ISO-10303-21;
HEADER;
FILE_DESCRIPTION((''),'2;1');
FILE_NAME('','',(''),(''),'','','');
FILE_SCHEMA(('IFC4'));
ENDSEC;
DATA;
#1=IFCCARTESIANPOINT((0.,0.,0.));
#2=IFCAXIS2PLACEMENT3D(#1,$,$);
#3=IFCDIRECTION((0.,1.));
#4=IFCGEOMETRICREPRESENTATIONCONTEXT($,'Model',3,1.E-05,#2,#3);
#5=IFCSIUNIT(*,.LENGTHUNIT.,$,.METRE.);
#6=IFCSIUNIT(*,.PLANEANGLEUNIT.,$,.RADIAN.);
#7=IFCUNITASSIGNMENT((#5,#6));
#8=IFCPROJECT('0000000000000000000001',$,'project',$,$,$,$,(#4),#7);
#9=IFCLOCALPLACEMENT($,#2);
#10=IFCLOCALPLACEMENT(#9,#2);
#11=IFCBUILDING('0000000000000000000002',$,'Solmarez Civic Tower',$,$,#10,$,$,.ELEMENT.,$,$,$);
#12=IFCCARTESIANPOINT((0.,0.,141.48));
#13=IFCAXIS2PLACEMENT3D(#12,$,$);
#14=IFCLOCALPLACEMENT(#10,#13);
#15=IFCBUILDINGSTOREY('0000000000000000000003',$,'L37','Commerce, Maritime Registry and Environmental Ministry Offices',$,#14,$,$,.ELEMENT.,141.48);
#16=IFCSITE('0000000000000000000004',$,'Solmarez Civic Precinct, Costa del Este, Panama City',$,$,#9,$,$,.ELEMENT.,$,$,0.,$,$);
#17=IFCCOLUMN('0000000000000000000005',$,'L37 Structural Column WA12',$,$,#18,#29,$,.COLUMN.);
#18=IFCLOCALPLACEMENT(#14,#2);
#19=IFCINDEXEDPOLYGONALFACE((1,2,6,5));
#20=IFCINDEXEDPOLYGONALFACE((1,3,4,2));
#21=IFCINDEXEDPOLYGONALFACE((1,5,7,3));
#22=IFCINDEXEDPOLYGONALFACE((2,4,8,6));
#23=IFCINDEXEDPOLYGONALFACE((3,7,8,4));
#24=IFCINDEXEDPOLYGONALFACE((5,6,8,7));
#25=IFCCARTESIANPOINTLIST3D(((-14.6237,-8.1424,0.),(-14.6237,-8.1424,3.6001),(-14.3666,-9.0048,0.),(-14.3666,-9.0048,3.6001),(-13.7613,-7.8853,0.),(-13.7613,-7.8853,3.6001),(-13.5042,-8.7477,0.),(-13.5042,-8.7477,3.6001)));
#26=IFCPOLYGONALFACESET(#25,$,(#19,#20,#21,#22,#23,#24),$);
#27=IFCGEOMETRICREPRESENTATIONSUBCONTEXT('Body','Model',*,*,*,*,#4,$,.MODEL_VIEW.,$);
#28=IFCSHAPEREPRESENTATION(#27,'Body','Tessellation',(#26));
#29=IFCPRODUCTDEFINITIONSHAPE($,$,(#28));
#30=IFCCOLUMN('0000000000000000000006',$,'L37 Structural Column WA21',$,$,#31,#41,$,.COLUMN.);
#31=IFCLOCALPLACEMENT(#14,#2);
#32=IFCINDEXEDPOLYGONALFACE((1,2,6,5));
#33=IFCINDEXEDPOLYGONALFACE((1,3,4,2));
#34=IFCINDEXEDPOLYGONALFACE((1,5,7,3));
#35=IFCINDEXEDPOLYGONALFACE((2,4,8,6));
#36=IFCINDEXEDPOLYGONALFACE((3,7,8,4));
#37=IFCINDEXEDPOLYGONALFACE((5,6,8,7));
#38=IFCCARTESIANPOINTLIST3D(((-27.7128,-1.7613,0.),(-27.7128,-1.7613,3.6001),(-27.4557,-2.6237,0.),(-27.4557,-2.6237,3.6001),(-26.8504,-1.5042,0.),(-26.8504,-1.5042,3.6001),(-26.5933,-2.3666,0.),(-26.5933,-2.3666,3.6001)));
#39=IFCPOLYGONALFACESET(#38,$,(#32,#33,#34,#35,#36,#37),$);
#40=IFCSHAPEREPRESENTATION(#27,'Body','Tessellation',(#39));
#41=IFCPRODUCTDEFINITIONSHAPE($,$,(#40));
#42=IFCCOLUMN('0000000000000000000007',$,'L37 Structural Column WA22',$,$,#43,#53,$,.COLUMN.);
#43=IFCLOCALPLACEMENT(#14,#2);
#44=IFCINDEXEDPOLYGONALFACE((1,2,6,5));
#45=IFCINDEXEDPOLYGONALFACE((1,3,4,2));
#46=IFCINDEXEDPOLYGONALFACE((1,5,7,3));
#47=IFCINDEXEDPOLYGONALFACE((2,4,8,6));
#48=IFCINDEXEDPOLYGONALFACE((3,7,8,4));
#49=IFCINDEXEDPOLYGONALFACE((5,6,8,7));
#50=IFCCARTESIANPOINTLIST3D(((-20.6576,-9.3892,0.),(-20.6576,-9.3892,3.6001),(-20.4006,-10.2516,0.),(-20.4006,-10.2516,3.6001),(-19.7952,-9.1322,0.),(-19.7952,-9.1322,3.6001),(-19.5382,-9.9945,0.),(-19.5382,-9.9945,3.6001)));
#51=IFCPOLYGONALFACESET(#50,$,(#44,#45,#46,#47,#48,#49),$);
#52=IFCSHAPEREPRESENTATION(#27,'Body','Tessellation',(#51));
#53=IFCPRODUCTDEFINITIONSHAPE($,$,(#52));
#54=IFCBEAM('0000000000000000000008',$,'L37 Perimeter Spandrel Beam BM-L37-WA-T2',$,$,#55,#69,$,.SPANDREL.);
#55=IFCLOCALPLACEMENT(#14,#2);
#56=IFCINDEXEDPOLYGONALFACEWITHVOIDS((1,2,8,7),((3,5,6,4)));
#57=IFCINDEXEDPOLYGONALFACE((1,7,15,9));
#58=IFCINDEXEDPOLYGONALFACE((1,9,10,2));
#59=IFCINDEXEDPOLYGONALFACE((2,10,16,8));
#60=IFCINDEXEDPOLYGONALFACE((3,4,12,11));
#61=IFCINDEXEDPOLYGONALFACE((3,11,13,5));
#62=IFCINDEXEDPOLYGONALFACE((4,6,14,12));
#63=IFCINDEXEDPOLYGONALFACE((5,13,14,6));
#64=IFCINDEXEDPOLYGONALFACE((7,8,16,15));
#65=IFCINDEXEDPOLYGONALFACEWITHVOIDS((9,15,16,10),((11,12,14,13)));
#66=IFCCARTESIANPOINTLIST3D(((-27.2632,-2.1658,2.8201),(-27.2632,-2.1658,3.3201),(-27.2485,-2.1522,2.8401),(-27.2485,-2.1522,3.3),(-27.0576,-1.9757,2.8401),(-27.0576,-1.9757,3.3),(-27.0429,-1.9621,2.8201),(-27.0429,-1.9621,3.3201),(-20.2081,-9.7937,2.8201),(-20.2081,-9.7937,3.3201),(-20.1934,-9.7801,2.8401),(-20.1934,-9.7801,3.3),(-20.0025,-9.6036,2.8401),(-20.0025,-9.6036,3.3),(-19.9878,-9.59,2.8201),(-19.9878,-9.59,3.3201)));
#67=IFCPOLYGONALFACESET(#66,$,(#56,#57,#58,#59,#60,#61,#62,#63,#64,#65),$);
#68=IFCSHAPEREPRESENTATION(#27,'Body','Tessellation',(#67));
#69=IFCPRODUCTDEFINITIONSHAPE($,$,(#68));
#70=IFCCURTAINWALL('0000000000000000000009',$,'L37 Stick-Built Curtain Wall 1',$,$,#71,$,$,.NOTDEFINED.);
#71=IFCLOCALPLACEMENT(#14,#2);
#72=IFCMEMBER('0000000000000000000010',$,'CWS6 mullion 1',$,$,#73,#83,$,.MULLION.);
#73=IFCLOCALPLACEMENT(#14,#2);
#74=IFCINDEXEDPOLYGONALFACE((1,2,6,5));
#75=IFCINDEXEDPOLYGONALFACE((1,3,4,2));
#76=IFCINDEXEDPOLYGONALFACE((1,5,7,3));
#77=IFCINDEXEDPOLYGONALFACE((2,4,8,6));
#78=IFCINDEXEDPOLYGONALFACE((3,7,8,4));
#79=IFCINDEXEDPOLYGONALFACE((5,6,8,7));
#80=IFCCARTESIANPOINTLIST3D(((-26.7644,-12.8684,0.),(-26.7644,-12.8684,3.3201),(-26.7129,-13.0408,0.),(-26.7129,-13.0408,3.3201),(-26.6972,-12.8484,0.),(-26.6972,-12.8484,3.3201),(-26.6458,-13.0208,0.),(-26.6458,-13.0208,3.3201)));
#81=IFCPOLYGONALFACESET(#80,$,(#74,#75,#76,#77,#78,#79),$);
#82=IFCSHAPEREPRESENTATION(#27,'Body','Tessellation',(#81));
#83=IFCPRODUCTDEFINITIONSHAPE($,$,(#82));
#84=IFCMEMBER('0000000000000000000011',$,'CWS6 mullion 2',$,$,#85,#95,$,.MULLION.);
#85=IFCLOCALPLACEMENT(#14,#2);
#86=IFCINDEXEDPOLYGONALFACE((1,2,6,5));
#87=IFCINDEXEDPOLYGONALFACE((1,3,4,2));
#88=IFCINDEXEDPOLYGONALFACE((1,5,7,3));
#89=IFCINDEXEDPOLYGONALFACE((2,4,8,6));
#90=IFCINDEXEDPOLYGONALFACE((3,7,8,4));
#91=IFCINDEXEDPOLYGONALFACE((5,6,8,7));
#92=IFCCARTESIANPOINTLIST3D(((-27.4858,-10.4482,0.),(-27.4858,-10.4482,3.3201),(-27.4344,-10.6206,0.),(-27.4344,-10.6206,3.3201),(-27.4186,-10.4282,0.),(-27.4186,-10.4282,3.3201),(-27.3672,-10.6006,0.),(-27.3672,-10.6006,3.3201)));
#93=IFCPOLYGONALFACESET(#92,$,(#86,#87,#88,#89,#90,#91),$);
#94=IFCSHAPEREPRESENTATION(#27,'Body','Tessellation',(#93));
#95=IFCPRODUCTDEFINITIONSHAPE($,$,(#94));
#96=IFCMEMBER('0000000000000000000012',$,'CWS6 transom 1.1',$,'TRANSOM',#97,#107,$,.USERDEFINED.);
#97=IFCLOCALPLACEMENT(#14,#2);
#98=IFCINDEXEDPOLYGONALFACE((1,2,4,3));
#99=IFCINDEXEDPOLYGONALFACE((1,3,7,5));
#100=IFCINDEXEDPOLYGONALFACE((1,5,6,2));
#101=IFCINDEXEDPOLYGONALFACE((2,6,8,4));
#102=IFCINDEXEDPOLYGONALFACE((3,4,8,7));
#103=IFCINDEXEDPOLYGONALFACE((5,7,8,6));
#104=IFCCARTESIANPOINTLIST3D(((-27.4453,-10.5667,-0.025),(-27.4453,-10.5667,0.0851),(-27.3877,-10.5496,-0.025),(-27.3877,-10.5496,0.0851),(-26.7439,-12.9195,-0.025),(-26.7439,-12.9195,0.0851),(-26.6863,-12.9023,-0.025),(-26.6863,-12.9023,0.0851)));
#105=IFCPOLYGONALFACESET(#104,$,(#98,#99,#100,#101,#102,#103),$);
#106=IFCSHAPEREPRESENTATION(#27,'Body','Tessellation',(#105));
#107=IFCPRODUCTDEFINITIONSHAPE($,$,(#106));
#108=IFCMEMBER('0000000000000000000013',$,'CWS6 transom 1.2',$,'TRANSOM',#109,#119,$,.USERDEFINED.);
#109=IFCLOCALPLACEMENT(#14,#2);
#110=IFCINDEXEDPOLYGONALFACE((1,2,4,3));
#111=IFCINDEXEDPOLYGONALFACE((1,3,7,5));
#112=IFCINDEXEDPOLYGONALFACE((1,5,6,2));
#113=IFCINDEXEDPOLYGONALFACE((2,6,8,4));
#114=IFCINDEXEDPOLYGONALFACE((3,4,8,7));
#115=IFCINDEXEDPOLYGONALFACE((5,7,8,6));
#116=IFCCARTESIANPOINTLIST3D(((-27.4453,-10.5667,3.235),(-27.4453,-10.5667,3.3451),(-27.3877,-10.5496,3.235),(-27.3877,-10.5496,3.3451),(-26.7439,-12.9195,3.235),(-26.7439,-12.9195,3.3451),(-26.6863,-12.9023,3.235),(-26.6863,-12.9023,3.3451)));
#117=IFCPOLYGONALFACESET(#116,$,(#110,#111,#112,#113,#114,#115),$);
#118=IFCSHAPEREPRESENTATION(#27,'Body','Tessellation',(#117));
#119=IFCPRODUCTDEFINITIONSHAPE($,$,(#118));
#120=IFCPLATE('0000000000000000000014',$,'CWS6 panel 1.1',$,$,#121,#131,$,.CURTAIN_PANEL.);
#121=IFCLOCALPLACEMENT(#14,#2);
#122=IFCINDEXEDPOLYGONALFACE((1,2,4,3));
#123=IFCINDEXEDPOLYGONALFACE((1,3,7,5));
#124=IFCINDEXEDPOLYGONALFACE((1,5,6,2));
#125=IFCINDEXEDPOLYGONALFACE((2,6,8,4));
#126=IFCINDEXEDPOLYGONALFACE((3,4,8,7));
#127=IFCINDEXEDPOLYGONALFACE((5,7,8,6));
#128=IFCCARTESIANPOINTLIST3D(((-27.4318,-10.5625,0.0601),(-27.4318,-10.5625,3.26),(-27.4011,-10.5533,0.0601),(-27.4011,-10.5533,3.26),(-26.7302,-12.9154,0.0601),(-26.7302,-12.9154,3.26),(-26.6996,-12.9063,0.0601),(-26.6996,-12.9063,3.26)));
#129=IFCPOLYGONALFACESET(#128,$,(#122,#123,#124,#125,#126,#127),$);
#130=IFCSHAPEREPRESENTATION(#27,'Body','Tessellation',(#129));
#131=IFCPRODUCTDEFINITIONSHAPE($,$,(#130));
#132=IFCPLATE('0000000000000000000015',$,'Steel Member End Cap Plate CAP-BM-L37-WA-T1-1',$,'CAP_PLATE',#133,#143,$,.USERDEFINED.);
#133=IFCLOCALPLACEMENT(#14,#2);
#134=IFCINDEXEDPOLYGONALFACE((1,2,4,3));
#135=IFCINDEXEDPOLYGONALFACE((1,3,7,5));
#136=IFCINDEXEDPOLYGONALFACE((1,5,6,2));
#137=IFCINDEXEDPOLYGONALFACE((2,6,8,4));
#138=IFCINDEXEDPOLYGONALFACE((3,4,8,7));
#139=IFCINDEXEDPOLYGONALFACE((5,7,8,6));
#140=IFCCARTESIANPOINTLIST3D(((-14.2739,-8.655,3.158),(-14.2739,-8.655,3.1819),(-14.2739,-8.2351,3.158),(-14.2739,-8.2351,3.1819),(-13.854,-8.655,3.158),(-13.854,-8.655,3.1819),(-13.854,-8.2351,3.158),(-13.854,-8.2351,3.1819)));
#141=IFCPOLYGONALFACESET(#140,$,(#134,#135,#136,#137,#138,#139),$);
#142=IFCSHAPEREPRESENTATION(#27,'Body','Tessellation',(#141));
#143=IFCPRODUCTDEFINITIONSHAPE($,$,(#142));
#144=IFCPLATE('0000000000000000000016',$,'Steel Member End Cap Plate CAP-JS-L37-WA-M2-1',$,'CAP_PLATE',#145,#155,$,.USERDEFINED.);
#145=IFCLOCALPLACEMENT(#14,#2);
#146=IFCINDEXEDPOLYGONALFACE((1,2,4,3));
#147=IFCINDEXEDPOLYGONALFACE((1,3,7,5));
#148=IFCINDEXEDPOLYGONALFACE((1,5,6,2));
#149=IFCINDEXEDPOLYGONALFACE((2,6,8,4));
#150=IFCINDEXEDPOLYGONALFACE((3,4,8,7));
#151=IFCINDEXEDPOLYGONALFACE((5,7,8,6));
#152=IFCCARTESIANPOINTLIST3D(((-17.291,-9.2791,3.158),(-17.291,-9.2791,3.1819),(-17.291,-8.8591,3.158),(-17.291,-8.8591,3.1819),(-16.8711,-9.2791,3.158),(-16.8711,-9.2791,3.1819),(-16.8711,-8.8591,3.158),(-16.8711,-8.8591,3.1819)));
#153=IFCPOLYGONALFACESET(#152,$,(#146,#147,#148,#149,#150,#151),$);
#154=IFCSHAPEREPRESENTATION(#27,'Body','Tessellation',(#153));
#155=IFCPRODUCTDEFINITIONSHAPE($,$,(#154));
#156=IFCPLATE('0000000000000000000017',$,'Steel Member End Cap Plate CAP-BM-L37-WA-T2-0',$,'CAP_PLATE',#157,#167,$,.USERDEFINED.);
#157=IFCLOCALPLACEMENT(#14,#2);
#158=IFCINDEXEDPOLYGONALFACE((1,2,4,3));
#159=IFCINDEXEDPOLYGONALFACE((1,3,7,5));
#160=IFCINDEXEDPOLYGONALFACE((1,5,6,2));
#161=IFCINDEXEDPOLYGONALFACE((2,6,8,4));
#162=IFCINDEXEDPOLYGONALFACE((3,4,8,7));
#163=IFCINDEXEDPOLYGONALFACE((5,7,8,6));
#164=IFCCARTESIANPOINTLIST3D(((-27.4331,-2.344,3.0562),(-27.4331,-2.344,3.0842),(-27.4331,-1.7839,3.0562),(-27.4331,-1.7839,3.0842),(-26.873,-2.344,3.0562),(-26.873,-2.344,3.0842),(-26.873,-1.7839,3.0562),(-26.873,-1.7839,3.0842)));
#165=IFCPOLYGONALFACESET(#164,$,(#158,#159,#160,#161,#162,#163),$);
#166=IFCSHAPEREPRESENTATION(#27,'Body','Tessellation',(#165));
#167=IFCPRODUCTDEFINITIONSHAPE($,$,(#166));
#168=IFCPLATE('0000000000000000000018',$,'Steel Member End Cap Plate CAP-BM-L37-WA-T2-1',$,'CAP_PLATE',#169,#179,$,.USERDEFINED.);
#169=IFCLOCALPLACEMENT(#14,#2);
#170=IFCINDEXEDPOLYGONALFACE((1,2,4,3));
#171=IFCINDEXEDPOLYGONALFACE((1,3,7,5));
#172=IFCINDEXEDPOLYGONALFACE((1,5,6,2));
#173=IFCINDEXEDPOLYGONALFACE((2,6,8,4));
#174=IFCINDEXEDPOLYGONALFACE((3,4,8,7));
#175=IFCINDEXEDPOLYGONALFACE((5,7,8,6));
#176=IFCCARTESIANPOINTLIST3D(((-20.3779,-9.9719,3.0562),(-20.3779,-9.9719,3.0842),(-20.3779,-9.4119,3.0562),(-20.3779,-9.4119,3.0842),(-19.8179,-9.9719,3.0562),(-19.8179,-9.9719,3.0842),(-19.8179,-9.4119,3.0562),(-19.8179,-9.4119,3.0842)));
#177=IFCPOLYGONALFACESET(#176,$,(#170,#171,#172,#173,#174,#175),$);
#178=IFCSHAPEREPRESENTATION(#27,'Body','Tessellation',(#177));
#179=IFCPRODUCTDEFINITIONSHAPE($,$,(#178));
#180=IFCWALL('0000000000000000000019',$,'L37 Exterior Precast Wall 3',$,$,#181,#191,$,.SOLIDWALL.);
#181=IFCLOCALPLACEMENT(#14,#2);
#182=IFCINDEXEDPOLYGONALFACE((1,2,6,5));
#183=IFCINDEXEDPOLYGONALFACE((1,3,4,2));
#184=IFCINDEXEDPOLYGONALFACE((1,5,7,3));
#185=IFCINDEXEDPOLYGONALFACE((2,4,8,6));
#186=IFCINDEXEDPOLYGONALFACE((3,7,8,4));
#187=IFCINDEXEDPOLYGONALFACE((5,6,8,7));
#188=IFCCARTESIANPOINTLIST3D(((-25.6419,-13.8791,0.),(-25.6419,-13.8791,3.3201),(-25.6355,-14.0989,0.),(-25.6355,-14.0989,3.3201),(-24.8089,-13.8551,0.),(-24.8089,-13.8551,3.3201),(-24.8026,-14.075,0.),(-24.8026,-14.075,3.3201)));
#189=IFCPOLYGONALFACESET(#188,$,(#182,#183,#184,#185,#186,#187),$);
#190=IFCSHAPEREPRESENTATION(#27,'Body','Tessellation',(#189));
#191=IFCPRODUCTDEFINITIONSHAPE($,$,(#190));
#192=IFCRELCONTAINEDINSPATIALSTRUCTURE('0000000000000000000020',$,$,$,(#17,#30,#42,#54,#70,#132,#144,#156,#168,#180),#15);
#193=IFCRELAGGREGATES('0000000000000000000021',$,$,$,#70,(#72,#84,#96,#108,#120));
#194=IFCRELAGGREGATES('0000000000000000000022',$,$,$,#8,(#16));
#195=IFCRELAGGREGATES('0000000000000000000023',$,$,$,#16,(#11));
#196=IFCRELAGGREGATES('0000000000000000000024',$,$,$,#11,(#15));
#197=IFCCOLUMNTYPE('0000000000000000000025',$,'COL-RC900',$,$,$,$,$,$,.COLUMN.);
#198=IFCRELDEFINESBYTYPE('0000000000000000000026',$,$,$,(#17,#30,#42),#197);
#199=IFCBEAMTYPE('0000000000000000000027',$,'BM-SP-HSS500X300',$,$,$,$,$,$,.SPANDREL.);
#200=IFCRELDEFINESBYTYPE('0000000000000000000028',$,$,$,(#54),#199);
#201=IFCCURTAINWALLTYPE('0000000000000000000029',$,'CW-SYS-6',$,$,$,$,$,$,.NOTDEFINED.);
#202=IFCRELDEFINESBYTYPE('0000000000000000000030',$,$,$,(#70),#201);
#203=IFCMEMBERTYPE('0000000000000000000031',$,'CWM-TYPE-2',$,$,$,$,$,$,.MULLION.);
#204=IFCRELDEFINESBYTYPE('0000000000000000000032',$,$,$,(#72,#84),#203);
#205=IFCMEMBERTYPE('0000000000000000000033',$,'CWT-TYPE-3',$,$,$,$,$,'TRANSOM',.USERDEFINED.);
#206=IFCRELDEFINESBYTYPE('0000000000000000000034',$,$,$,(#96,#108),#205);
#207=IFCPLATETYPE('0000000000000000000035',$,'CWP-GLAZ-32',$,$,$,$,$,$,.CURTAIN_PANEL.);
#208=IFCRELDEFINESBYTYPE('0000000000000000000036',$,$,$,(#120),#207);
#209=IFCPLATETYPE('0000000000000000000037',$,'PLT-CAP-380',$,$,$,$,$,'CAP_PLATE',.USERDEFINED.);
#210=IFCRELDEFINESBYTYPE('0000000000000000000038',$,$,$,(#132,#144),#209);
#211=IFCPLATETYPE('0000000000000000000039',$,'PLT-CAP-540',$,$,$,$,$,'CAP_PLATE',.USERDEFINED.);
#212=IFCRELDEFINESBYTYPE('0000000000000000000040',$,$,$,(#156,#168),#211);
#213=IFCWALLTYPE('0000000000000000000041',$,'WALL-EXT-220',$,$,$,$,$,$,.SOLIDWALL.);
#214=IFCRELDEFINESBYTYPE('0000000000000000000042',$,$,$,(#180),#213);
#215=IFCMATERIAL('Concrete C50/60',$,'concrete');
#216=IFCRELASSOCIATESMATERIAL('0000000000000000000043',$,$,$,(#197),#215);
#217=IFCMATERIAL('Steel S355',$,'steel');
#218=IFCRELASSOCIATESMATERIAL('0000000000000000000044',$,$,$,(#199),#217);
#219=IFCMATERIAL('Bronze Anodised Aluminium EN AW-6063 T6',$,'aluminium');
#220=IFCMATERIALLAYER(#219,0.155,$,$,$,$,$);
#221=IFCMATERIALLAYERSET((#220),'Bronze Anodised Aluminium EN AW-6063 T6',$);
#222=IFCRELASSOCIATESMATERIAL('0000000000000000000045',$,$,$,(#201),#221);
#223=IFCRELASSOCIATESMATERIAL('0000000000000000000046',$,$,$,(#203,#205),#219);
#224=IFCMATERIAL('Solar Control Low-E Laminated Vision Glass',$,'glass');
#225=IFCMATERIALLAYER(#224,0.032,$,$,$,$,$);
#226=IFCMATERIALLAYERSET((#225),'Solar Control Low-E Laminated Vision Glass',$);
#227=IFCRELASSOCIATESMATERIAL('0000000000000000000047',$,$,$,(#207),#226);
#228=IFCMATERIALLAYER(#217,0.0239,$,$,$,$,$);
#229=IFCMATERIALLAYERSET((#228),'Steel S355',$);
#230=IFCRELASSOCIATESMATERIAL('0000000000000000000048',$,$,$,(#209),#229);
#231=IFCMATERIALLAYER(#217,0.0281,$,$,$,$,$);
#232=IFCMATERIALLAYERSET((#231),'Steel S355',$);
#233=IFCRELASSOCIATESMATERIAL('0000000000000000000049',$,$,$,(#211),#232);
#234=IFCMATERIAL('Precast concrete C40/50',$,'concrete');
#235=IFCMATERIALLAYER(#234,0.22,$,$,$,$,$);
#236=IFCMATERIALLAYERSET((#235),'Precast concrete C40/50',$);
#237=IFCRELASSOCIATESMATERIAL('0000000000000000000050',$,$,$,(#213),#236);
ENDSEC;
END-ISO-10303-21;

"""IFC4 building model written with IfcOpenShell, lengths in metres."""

from ifc_helpers import new_model, si_unit, direction, frame, frame_2d, origin, origin_2d, place, context, subcontext, project, spatial, rectangle, hollow_rectangle, extrude, material, layer, layer_set, material_profile, profile_set, type_object, element, aggregate, save


model = new_model("IFC4")

# Units and contexts
model_context = context("Model", 3, precision=1e-05, world=origin(), true_north=direction((0.0, 1.0)))
body_context = subcontext(model_context, "Body", "Model", "MODEL_VIEW")
ifc_project = project(units=[si_unit("LENGTHUNIT", "METRE"), si_unit("PLANEANGLEUNIT", "RADIAN")], contexts=[model_context])

# Site, building, storey
site_placement = place(None, origin())
site = spatial("IfcSite", under=ifc_project, at=site_placement, Name="Solmarez Civic Precinct, Costa del Este, Panama City", CompositionType="ELEMENT", RefElevation=0.0)
building_placement = place(site_placement, origin())
building = spatial("IfcBuilding", under=site, at=building_placement, Name="Solmarez Civic Tower", CompositionType="ELEMENT")
storey_placement = place(building_placement, frame((0.0, 0.0, 141.48)))
storey = spatial("IfcBuildingStorey", under=building, at=storey_placement, Name="L37", Description="Commerce, Maritime Registry and Environmental Ministry Offices", CompositionType="ELEMENT", Elevation=141.48)

# Columns
ifc_material_1 = material(Name="Concrete C50/60", Category="concrete")
ifc_material_profile_1 = material_profile(ifc_material_1, rectangle(XDim=0.8999, YDim=0.8999, at=origin_2d()), Name="RC900X900")
ifc_profile_set_1 = profile_set([ifc_material_profile_1], Name="Concrete C50/60")
column_type = type_object("IfcColumnType", Name="COL-RC900", PredefinedType="COLUMN", material=ifc_profile_set_1)
for number, where, z_axis, x_axis, name in (
    (1, (-14.064, -8.4451, 0.0), (0.0, 0.0, 1.0), (0.958323, 0.285688, 0.0), "L37 Structural Column WA12"),
    (2, (-27.1531, -2.064, 0.0), (0.0, 0.0, 1.0), (0.958323, 0.285688, 0.0), "L37 Structural Column WA21"),
    (3, (-20.0979, -9.6919, 0.0), (0.0, 0.0, 1.0), (0.958323, 0.285688, 0.0), "L37 Structural Column WA22"),
):
    element("IfcColumn", number, at=place(storey_placement, frame(where, z_axis=z_axis, x_axis=x_axis)), inside=storey, type_object=column_type, Name=name, PredefinedType="COLUMN", context=body_context, shape_type="SweptSolid", body=[
        extrude(rectangle(XDim=0.8999, YDim=0.8999, at=origin_2d()), origin(), (0.0, 0.0, 1.0), 3.6001),
    ])

# Beam
ifc_material_2 = material(Name="Steel S355", Category="steel")
ifc_material_profile_2 = material_profile(ifc_material_2, hollow_rectangle(XDim=0.3, YDim=0.5, WallThickness=0.02, at=origin_2d()), Name="HSS500X300X20")
ifc_profile_set_2 = profile_set([ifc_material_profile_2], Name="Steel S355")
beam_type = type_object("IfcBeamType", Name="BM-SP-HSS500X300", PredefinedType="SPANDREL", material=ifc_profile_set_2)
beam_placement = place(storey_placement, frame((-27.1531, -2.064, 3.0701), z_axis=(0.679008, -0.734131, 0.0), x_axis=(0.734131, 0.679008, 0.0)))
element("IfcBeam", 4, at=beam_placement, inside=storey, type_object=beam_type, Name="L37 Perimeter Spandrel Beam BM-L37-WA-T2", PredefinedType="SPANDREL", context=body_context, shape_type="SweptSolid", body=[
    extrude(hollow_rectangle(XDim=0.3, YDim=0.5, WallThickness=0.02, at=origin_2d()), origin(), (0.0, 0.0, 1.0), 10.3904),
])

# Curtain wall, members, plate
ifc_material_3 = material(Name="Bronze Anodised Aluminium EN AW-6063 T6", Category="aluminium")
ifc_layer_1 = layer(ifc_material_3, 0.155)
ifc_layer_set_1 = layer_set([ifc_layer_1], Name="Bronze Anodised Aluminium EN AW-6063 T6")
curtain_wall_type = type_object("IfcCurtainWallType", Name="CW-SYS-6", PredefinedType="NOTDEFINED", material=ifc_layer_set_1)
curtain_wall_placement = place(storey_placement, origin())
curtain_wall = element("IfcCurtainWall", 5, at=curtain_wall_placement, inside=storey, type_object=curtain_wall_type, Name="L37 Stick-Built Curtain Wall 1", PredefinedType="NOTDEFINED")
ifc_material_profile_3 = material_profile(ifc_material_3, rectangle(XDim=0.0701, YDim=0.1799, at=origin_2d()), Name="CWM-70X180")
ifc_profile_set_3 = profile_set([ifc_material_profile_3], Name="Bronze Anodised Aluminium EN AW-6063 T6")
member_type_1 = type_object("IfcMemberType", Name="CWM-TYPE-2", PredefinedType="MULLION", material=ifc_profile_set_3)
member_1_placement = place(storey_placement, frame((-26.7051, -12.9446, 0.0), z_axis=(0.0, 0.0, 1.0), x_axis=(-0.958314, -0.285717, 0.0)))
member_1 = element("IfcMember", 6, at=member_1_placement, type_object=member_type_1, Name="CWS6 mullion 1", PredefinedType="MULLION", context=body_context, shape_type="SweptSolid", body=[
    extrude(rectangle(XDim=0.0701, YDim=0.1799, at=origin_2d()), origin(), (0.0, 0.0, 1.0), 3.3201),
])
member_2_placement = place(storey_placement, frame((-27.4265, -10.5244, 0.0), z_axis=(0.0, 0.0, 1.0), x_axis=(-0.958314, -0.285717, 0.0)))
member_2 = element("IfcMember", 7, at=member_2_placement, type_object=member_type_1, Name="CWS6 mullion 2", PredefinedType="MULLION", context=body_context, shape_type="SweptSolid", body=[
    extrude(rectangle(XDim=0.0701, YDim=0.1799, at=origin_2d()), origin(), (0.0, 0.0, 1.0), 3.3201),
])
ifc_material_profile_4 = material_profile(ifc_material_3, rectangle(XDim=0.0601, YDim=0.1101, at=origin_2d()), Name="CWT-60X110")
ifc_profile_set_4 = profile_set([ifc_material_profile_4], Name="Bronze Anodised Aluminium EN AW-6063 T6")
member_type_2 = type_object("IfcMemberType", Name="CWT-TYPE-3", ElementType="TRANSOM", PredefinedType="USERDEFINED", material=ifc_profile_set_4)
member_3_placement = place(storey_placement, frame((-26.7151, -12.9109, 0.03), z_axis=(-0.285696, 0.95832, 0.0), x_axis=(-0.95832, -0.285696, 0.0)))
member_3 = element("IfcMember", 8, at=member_3_placement, type_object=member_type_2, Name="CWS6 transom 1.1", ObjectType="TRANSOM", PredefinedType="USERDEFINED", context=body_context, shape_type="SweptSolid", body=[
    extrude(rectangle(XDim=0.0601, YDim=0.1101, at=origin_2d()), origin(), (0.0, 0.0, 1.0), 2.4551),
])
member_4_placement = place(storey_placement, frame((-26.7151, -12.9109, 3.29), z_axis=(-0.285696, 0.95832, 0.0), x_axis=(-0.95832, -0.285696, 0.0)))
member_4 = element("IfcMember", 9, at=member_4_placement, type_object=member_type_2, Name="CWS6 transom 1.2", ObjectType="TRANSOM", PredefinedType="USERDEFINED", context=body_context, shape_type="SweptSolid", body=[
    extrude(rectangle(XDim=0.0601, YDim=0.1101, at=origin_2d()), origin(), (0.0, 0.0, 1.0), 2.4551),
])
ifc_material_4 = material(Name="Solar Control Low-E Laminated Vision Glass", Category="glass")
ifc_layer_2 = layer(ifc_material_4, 0.032)
ifc_layer_set_2 = layer_set([ifc_layer_2], Name="Solar Control Low-E Laminated Vision Glass")
plate_type_1 = type_object("IfcPlateType", Name="CWP-GLAZ-32", PredefinedType="CURTAIN_PANEL", material=ifc_layer_set_2)
plate_placement = place(storey_placement, frame((-27.0657, -11.7344, 0.0601), z_axis=(0.0, 0.0, 1.0), x_axis=(-0.285717, 0.958314, 0.0)))
plate = element("IfcPlate", 10, at=plate_placement, type_object=plate_type_1, Name="CWS6 panel 1.1", PredefinedType="CURTAIN_PANEL", context=body_context, shape_type="SweptSolid", body=[
    extrude(rectangle(XDim=2.4553, YDim=0.032, at=origin_2d()), origin(), (0.0, 0.0, 1.0), 3.2),
])
aggregate(curtain_wall, [member_1, member_2, member_3, member_4, plate])

# Plates
ifc_layer_3 = layer(ifc_material_2, 0.0239)
ifc_layer_set_3 = layer_set([ifc_layer_3], Name="Steel S355")
plate_type_2 = type_object("IfcPlateType", Name="PLT-CAP-380", ElementType="CAP_PLATE", PredefinedType="USERDEFINED", material=ifc_layer_set_3)
for number, where, z_axis, x_axis, name in (
    (11, (-14.064, -8.4451, 3.158), (0.0, 0.0, 1.0), (1.0, 0.0, 0.0), "Steel Member End Cap Plate CAP-BM-L37-WA-T1-1"),
    (12, (-17.0811, -9.0691, 3.158), (0.0, 0.0, 1.0), (1.0, 0.0, 0.0), "Steel Member End Cap Plate CAP-JS-L37-WA-M2-1"),
):
    element("IfcPlate", number, at=place(storey_placement, frame(where, z_axis=z_axis, x_axis=x_axis)), inside=storey, type_object=plate_type_2, Name=name, ObjectType="CAP_PLATE", PredefinedType="USERDEFINED", context=body_context, shape_type="SweptSolid", body=[
        extrude(rectangle(XDim=0.4199, YDim=0.4199, at=origin_2d()), origin(), (0.0, 0.0, 1.0), 0.0239),
    ])
ifc_layer_4 = layer(ifc_material_2, 0.0281)
ifc_layer_set_4 = layer_set([ifc_layer_4], Name="Steel S355")
plate_type_3 = type_object("IfcPlateType", Name="PLT-CAP-540", ElementType="CAP_PLATE", PredefinedType="USERDEFINED", material=ifc_layer_set_4)
for number, where, z_axis, x_axis, name in (
    (13, (-27.1531, -2.064, 3.0562), (0.0, 0.0, 1.0), (1.0, 0.0, 0.0), "Steel Member End Cap Plate CAP-BM-L37-WA-T2-0"),
    (14, (-20.0979, -9.6919, 3.0562), (0.0, 0.0, 1.0), (1.0, 0.0, 0.0), "Steel Member End Cap Plate CAP-BM-L37-WA-T2-1"),
):
    element("IfcPlate", number, at=place(storey_placement, frame(where, z_axis=z_axis, x_axis=x_axis)), inside=storey, type_object=plate_type_3, Name=name, ObjectType="CAP_PLATE", PredefinedType="USERDEFINED", context=body_context, shape_type="SweptSolid", body=[
        extrude(rectangle(XDim=0.5601, YDim=0.5601, at=origin_2d()), origin(), (0.0, 0.0, 1.0), 0.0281),
    ])

# Wall
ifc_material_5 = material(Name="Precast concrete C40/50", Category="concrete")
ifc_layer_5 = layer(ifc_material_5, 0.22)
ifc_layer_set_5 = layer_set([ifc_layer_5], Name="Precast concrete C40/50")
wall_type_1 = type_object("IfcWallType", Name="WALL-EXT-220", PredefinedType="SOLIDWALL", material=ifc_layer_set_5)
wall_1_placement = place(storey_placement, frame((-24.8059, -13.9651, 0.0), z_axis=(0.0, 0.0, 1.0), x_axis=(-0.999588, -0.02871, 0.0)))
element("IfcWall", 15, at=wall_1_placement, inside=storey, type_object=wall_type_1, Name="L37 Exterior Precast Wall 3", PredefinedType="SOLIDWALL", context=body_context, shape_type="SweptSolid", body=[
    extrude(rectangle(XDim=0.8333, YDim=0.22, at=frame_2d((0.4165, 0.0))), origin(), (0.0, 0.0, 1.0), 3.3201),
])

save(model, "model.ifc")
